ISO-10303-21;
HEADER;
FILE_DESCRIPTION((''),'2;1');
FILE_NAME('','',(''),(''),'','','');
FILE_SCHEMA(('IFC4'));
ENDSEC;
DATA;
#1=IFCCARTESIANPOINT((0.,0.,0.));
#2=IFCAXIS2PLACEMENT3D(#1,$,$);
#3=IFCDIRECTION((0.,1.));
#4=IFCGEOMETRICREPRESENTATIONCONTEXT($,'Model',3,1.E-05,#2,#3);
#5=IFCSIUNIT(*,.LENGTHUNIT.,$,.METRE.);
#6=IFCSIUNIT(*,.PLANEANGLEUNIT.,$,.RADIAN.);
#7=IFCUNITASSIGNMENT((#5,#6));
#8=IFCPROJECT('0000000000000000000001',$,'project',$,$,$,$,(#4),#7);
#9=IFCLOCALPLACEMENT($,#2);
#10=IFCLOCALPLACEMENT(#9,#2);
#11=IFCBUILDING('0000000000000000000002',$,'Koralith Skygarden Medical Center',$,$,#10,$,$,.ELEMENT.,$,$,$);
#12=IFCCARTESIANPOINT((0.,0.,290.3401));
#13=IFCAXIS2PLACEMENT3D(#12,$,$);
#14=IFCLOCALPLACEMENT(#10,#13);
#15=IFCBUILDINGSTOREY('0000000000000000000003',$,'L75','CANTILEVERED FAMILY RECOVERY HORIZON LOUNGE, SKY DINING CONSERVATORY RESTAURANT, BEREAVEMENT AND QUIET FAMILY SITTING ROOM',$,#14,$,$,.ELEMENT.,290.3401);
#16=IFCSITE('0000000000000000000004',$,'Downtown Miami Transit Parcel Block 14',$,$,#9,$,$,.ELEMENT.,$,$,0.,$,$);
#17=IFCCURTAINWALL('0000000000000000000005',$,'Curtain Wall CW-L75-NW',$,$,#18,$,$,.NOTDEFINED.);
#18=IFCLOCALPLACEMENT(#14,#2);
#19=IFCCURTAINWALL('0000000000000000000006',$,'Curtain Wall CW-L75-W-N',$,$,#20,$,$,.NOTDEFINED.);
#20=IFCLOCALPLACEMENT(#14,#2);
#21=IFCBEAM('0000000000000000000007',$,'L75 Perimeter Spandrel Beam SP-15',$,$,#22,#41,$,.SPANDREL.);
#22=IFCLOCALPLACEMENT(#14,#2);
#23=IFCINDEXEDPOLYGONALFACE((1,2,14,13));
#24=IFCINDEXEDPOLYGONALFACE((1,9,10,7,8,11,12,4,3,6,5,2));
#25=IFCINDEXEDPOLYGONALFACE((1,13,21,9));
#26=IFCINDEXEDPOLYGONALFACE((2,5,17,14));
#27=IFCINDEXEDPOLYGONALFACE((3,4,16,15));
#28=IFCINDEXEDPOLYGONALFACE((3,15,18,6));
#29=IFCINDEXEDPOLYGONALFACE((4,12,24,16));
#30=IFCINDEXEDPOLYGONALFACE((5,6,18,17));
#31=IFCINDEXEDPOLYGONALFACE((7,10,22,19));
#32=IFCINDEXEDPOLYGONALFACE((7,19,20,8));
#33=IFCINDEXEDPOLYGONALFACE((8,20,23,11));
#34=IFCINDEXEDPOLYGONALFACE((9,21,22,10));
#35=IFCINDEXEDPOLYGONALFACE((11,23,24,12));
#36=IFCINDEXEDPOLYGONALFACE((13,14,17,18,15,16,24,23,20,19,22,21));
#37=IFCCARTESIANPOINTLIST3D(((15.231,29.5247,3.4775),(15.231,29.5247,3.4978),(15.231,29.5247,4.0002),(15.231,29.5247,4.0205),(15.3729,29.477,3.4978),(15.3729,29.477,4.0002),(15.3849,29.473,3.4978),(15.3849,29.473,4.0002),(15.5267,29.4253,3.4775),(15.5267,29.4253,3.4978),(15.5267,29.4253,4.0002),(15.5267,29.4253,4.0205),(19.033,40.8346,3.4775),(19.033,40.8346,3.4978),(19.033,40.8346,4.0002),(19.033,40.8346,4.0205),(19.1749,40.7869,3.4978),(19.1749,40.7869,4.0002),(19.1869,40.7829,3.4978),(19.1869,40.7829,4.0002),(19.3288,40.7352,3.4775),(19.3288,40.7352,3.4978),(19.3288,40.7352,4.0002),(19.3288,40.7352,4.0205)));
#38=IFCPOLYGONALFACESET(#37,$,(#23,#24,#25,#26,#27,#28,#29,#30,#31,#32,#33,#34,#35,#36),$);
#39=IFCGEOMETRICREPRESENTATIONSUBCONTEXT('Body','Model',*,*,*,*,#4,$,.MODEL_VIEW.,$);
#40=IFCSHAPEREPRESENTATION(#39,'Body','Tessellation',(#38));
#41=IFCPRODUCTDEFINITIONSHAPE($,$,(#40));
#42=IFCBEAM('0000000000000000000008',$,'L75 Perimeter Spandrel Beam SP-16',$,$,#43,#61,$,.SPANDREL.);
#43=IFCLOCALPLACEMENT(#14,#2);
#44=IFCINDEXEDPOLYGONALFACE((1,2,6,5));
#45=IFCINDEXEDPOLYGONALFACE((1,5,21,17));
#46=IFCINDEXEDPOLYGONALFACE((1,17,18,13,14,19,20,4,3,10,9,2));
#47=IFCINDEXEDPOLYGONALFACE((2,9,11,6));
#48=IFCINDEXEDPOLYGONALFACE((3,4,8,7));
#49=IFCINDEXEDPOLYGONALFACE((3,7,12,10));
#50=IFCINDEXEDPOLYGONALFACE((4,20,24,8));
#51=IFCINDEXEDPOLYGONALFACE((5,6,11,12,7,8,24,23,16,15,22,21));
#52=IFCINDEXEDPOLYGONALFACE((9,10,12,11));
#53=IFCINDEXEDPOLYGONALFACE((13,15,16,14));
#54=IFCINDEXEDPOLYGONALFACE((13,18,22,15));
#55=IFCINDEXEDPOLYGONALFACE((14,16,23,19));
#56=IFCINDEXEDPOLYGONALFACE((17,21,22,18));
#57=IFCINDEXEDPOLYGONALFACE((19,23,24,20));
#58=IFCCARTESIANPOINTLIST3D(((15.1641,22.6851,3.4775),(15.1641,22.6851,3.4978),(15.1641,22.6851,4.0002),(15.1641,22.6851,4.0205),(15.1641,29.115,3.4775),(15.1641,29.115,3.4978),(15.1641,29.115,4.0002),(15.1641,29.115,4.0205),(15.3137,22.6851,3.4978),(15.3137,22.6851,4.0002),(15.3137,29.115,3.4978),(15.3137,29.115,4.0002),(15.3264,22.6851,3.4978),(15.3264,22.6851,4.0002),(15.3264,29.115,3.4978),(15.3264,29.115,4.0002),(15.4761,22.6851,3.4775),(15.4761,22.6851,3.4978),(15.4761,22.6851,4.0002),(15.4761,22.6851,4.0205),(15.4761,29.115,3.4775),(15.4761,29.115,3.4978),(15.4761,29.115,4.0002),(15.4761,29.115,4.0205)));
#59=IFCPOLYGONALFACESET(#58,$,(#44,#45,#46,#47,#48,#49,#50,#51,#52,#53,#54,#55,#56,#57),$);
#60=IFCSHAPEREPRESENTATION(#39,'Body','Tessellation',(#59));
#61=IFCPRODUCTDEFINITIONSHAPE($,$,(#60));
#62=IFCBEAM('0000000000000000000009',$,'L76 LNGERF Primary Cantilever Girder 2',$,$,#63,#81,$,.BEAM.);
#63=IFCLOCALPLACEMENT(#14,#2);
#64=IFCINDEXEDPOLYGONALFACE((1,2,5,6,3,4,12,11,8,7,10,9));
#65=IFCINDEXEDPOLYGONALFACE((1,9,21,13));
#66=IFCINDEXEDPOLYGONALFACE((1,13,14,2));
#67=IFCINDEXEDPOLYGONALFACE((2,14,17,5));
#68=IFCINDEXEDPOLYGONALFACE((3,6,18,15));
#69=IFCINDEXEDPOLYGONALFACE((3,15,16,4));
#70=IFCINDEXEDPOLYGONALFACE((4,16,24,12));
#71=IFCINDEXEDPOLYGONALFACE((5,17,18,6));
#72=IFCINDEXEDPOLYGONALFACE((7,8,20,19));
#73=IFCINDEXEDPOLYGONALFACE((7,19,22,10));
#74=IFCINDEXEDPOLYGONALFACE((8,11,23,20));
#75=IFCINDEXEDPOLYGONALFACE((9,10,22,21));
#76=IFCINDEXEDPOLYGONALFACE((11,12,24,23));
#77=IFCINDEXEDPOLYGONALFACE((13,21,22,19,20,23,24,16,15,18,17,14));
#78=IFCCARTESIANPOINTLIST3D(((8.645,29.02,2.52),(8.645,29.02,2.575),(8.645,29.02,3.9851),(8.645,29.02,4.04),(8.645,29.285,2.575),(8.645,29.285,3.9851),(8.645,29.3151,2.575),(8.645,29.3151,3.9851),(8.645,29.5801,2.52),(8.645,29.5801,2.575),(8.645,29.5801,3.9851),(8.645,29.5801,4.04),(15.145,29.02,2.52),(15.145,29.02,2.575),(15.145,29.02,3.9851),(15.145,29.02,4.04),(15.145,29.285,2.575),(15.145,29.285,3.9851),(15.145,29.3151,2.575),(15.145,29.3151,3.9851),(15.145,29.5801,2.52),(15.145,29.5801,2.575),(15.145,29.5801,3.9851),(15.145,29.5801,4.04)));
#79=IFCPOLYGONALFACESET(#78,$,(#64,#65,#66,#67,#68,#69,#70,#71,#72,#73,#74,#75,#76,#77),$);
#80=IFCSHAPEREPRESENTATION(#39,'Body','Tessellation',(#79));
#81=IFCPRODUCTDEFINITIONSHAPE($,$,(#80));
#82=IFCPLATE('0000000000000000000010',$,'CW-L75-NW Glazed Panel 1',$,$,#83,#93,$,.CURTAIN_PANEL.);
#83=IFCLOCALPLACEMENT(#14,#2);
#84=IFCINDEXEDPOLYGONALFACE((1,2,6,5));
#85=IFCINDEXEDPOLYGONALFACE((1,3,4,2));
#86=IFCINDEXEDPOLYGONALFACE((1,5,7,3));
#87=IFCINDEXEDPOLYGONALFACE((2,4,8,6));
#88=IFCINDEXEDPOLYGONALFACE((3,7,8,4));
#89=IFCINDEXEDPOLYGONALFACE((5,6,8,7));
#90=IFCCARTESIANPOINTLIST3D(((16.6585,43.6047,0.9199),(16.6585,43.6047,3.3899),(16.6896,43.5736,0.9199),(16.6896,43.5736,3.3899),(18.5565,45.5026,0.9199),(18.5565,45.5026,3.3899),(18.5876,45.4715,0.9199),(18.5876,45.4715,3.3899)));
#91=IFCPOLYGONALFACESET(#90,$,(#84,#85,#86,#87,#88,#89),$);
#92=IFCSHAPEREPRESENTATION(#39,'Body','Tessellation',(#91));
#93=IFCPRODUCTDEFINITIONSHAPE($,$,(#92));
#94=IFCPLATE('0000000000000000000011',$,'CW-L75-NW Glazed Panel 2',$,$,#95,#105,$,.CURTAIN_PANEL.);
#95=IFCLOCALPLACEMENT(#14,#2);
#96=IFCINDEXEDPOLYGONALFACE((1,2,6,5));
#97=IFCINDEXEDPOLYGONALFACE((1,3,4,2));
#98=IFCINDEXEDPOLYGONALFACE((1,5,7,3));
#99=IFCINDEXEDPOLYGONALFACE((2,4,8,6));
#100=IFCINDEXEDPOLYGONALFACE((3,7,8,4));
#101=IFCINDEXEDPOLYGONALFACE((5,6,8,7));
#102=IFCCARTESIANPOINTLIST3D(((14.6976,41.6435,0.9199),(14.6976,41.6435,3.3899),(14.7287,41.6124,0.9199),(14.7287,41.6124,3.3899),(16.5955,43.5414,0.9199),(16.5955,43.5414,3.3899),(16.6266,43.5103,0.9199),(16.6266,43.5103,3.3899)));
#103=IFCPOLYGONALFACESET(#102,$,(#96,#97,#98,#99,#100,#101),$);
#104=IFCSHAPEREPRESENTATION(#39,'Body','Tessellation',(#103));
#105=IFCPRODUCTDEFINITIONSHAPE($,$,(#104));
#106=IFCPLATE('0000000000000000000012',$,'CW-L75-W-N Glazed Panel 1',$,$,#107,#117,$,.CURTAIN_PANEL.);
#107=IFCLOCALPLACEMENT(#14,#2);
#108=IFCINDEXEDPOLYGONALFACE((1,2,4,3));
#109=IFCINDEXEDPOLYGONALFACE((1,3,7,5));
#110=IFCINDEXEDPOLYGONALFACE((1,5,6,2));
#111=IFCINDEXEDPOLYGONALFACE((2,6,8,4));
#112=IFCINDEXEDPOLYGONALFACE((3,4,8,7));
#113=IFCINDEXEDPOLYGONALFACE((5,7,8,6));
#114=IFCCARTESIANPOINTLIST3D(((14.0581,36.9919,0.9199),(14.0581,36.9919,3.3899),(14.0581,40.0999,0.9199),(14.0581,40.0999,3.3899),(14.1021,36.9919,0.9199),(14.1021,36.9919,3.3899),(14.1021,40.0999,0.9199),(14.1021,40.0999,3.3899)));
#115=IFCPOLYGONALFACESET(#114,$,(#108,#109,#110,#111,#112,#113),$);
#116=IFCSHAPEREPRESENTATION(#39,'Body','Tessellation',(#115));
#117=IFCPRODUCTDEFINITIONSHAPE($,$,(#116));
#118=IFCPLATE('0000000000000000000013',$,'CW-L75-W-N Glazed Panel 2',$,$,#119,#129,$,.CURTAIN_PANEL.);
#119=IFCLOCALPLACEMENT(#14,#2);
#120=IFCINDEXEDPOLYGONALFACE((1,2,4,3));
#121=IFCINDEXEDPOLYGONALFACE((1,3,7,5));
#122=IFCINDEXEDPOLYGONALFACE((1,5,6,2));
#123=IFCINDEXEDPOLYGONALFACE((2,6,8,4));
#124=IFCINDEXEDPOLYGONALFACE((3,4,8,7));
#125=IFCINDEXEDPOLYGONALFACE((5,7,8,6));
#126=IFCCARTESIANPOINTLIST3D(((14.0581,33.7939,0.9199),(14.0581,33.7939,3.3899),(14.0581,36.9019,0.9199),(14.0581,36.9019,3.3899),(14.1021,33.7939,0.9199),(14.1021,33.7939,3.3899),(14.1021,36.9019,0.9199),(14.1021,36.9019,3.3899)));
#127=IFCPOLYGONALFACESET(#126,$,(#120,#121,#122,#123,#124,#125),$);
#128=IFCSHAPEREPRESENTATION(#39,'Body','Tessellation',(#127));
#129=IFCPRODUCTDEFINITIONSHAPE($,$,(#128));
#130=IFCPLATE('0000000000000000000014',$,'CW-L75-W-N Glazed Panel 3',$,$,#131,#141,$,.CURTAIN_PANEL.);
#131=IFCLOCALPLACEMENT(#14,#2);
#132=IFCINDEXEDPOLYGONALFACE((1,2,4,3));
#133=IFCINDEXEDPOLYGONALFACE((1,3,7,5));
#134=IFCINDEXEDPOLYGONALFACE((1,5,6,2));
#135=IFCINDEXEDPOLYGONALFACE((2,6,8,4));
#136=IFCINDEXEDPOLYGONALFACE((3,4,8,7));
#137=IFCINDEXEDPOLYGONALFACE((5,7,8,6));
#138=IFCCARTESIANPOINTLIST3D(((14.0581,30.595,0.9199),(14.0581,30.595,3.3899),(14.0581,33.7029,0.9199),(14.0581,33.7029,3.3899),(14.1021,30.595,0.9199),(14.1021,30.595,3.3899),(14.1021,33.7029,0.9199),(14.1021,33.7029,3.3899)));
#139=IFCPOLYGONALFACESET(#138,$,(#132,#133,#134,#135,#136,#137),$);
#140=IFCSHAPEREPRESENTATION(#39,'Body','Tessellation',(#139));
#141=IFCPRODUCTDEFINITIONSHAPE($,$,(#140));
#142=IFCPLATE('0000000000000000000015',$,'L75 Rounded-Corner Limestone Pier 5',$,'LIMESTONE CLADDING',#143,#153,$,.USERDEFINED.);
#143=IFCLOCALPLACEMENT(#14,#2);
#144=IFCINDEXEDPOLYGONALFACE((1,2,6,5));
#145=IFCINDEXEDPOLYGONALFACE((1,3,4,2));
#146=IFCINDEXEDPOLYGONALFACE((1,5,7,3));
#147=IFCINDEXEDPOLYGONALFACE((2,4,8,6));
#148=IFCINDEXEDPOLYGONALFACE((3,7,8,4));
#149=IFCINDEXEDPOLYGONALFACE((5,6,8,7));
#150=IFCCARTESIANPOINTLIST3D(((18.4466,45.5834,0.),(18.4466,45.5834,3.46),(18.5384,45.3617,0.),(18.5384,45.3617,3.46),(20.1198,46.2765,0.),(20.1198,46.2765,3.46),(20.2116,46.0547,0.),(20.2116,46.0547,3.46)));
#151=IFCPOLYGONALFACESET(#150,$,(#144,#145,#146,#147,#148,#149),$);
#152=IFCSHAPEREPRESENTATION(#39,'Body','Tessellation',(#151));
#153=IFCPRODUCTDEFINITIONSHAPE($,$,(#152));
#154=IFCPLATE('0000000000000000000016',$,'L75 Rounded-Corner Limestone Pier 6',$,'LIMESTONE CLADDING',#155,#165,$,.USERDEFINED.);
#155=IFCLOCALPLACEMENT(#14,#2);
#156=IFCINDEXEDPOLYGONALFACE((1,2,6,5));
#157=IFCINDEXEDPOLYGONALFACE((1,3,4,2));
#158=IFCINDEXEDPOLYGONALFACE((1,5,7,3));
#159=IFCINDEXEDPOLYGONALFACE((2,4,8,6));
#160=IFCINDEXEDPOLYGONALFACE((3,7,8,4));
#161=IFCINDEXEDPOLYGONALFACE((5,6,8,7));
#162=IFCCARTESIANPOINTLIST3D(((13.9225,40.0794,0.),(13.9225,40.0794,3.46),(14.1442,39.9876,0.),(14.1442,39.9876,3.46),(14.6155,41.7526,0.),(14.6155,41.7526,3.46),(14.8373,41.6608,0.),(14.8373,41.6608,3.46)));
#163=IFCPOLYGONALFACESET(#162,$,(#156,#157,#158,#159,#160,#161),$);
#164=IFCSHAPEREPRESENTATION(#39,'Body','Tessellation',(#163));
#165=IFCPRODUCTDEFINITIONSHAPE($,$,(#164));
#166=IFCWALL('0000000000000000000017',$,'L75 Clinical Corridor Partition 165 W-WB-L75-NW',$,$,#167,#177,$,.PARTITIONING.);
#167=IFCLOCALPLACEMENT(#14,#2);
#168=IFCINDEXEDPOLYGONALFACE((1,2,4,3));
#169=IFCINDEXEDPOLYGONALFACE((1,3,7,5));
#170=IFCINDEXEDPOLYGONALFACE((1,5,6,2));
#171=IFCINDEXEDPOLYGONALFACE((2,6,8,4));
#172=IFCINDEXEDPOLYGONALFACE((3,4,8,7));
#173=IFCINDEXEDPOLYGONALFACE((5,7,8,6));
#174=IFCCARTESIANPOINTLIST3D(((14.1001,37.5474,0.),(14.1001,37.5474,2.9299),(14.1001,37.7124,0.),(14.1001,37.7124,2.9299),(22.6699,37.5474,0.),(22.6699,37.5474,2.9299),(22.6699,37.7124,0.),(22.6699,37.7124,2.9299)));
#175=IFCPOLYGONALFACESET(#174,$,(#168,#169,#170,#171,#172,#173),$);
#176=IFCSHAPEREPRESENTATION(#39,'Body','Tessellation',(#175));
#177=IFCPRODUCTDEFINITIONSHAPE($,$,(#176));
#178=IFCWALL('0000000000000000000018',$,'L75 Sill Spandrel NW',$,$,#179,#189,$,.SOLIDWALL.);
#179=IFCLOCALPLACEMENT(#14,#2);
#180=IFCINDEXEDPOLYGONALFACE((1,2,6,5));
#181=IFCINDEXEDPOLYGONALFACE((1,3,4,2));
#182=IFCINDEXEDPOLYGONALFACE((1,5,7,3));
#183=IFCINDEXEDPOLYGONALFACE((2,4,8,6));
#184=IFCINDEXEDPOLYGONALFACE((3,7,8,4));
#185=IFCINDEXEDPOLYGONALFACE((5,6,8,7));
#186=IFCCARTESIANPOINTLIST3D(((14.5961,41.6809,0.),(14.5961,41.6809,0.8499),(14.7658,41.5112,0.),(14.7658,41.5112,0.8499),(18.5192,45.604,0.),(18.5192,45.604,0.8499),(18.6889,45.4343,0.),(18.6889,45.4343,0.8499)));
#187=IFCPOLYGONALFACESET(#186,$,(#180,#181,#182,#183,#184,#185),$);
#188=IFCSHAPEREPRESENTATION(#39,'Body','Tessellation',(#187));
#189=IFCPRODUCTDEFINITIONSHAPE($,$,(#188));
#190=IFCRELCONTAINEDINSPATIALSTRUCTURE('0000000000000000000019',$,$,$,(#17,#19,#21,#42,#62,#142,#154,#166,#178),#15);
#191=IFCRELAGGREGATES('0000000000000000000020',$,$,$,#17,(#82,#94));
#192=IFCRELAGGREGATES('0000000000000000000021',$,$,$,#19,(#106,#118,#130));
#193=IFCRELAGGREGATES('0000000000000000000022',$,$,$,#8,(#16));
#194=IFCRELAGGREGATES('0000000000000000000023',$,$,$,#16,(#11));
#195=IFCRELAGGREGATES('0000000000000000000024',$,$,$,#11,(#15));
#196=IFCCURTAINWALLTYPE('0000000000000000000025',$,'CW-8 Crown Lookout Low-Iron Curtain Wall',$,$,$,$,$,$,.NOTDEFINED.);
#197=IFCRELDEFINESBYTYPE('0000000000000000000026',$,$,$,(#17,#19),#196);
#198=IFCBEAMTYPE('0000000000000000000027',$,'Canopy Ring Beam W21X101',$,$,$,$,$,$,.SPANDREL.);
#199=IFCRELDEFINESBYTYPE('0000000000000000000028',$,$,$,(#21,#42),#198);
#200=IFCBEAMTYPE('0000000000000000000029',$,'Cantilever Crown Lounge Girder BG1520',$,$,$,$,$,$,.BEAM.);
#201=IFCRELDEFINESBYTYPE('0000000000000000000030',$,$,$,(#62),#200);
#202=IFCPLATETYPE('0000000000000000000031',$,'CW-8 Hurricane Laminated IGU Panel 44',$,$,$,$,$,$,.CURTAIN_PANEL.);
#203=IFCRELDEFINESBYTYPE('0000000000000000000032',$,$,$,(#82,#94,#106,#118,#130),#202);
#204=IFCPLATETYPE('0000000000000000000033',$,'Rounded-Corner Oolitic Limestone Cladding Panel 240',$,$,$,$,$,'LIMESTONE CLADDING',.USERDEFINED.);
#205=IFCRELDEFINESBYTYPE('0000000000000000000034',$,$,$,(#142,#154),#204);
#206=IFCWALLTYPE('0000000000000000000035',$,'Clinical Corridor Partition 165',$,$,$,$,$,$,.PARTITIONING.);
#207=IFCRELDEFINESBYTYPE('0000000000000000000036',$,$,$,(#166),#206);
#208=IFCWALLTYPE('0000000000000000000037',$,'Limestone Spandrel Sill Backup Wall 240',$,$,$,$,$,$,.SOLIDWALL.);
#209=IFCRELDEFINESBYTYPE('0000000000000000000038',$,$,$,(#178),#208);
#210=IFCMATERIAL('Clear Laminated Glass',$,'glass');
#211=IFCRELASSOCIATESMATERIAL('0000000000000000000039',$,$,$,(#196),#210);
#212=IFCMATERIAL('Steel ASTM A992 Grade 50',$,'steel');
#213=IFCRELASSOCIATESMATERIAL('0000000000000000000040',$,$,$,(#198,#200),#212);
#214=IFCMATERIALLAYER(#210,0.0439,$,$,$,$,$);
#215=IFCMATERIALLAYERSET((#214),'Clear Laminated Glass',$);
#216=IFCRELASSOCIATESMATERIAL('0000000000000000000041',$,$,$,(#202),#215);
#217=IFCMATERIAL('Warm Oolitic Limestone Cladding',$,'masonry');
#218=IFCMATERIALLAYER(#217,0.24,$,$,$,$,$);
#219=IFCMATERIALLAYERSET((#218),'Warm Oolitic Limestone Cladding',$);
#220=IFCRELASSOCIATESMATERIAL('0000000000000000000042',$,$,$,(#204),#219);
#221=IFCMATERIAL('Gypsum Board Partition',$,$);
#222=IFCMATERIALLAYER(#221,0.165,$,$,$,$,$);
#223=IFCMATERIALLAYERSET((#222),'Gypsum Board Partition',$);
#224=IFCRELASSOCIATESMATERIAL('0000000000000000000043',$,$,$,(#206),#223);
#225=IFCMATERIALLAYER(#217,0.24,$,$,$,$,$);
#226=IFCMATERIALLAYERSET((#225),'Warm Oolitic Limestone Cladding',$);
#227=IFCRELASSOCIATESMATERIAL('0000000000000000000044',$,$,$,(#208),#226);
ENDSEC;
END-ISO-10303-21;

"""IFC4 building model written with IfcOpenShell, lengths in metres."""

from ifc_helpers import new_model, si_unit, direction, frame, frame_2d, origin, origin_2d, place, context, subcontext, project, spatial, rectangle, i_section, extrude, material, layer, layer_set, material_profile, profile_set, type_object, element, aggregate, save


model = new_model("IFC4")

# Units and contexts
model_context = context("Model", 3, precision=1e-05, world=origin(), true_north=direction((0.0, 1.0)))
body_context = subcontext(model_context, "Body", "Model", "MODEL_VIEW")
ifc_project = project(units=[si_unit("LENGTHUNIT", "METRE"), si_unit("PLANEANGLEUNIT", "RADIAN")], contexts=[model_context])

# Site, building, storey
site_placement = place(None, origin())
site = spatial("IfcSite", under=ifc_project, at=site_placement, Name="Downtown Miami Transit Parcel Block 14", CompositionType="ELEMENT", RefElevation=0.0)
building_placement = place(site_placement, origin())
building = spatial("IfcBuilding", under=site, at=building_placement, Name="Koralith Skygarden Medical Center", CompositionType="ELEMENT")
storey_placement = place(building_placement, frame((0.0, 0.0, 290.3401)))
storey = spatial("IfcBuildingStorey", under=building, at=storey_placement, Name="L75", Description="CANTILEVERED FAMILY RECOVERY HORIZON LOUNGE, SKY DINING CONSERVATORY RESTAURANT, BEREAVEMENT AND QUIET FAMILY SITTING ROOM", CompositionType="ELEMENT", Elevation=290.3401)

# Shared definitions
ifc_material_1 = material(Name="Steel ASTM A992 Grade 50", Category="steel")

# Curtain walls
ifc_material_2 = material(Name="Clear Laminated Glass", Category="glass")
curtain_wall_type = type_object("IfcCurtainWallType", Name="CW-8 Crown Lookout Low-Iron Curtain Wall", PredefinedType="NOTDEFINED", material=ifc_material_2)
curtain_wall_1_placement = place(storey_placement, origin())
curtain_wall_1 = element("IfcCurtainWall", 1, at=curtain_wall_1_placement, inside=storey, type_object=curtain_wall_type, Name="Curtain Wall CW-L75-NW", PredefinedType="NOTDEFINED")
curtain_wall_2_placement = place(storey_placement, origin())
curtain_wall_2 = element("IfcCurtainWall", 2, at=curtain_wall_2_placement, inside=storey, type_object=curtain_wall_type, Name="Curtain Wall CW-L75-W-N", PredefinedType="NOTDEFINED")

# Beams
ifc_material_profile_1 = material_profile(ifc_material_1, i_section(OverallWidth=0.312, OverallDepth=0.543, WebThickness=0.0127, FlangeThickness=0.0203, at=origin_2d()), Name="W21X101")
ifc_profile_set_1 = profile_set([ifc_material_profile_1], Name="Steel ASTM A992 Grade 50")
beam_type_1 = type_object("IfcBeamType", Name="Canopy Ring Beam W21X101", PredefinedType="SPANDREL", material=ifc_profile_set_1)
beam_1_placement = place(storey_placement, frame((19.1809, 40.7849, 3.749), z_axis=(-0.318645, -0.947874, 0.0), x_axis=(0.947874, -0.318645, 0.0)))
element("IfcBeam", 3, at=beam_1_placement, inside=storey, type_object=beam_type_1, Name="L75 Perimeter Spandrel Beam SP-15", PredefinedType="SPANDREL", context=body_context, shape_type="SweptSolid", body=[
    extrude(i_section(OverallWidth=0.312, OverallDepth=0.543, WebThickness=0.0127, FlangeThickness=0.0203, at=origin_2d()), origin(), (0.0, 0.0, 1.0), 11.9319),
])
beam_2_placement = place(storey_placement, frame((15.3201, 29.115, 3.749), z_axis=(0.0, -1.0, 0.0), x_axis=(1.0, 0.0, 0.0)))
element("IfcBeam", 4, at=beam_2_placement, inside=storey, type_object=beam_type_1, Name="L75 Perimeter Spandrel Beam SP-16", PredefinedType="SPANDREL", context=body_context, shape_type="SweptSolid", body=[
    extrude(i_section(OverallWidth=0.312, OverallDepth=0.543, WebThickness=0.0127, FlangeThickness=0.0203, at=origin_2d()), origin(), (0.0, 0.0, 1.0), 6.4299),
])
ifc_material_profile_2 = material_profile(ifc_material_1, i_section(OverallWidth=0.5601, OverallDepth=1.52, WebThickness=0.03, FlangeThickness=0.0549, at=origin_2d()), Name="BG1520X560X55X30")
ifc_profile_set_2 = profile_set([ifc_material_profile_2], Name="Steel ASTM A992 Grade 50")
beam_type_2 = type_object("IfcBeamType", Name="Cantilever Crown Lounge Girder BG1520", PredefinedType="BEAM", material=ifc_profile_set_2)
beam_3_placement = place(storey_placement, frame((15.145, 29.3, 3.28), z_axis=(-1.0, 0.0, 0.0), x_axis=(0.0, -1.0, 0.0)))
element("IfcBeam", 5, at=beam_3_placement, inside=storey, type_object=beam_type_2, Name="L76 LNGERF Primary Cantilever Girder 2", PredefinedType="BEAM", context=body_context, shape_type="SweptSolid", body=[
    extrude(i_section(OverallWidth=0.5601, OverallDepth=1.52, WebThickness=0.03, FlangeThickness=0.0549, at=origin_2d()), origin(), (0.0, 0.0, 1.0), 6.5),
])

# Plates
ifc_layer_1 = layer(ifc_material_2, 0.0439)
ifc_layer_set_1 = layer_set([ifc_layer_1], Name="Clear Laminated Glass")
plate_type_1 = type_object("IfcPlateType", Name="CW-8 Hurricane Laminated IGU Panel 44", PredefinedType="CURTAIN_PANEL", material=ifc_layer_set_1)
plate_1_placement = place(storey_placement, frame((17.623, 44.5381, 0.9199), z_axis=(0.0, 0.0, 1.0), x_axis=(-0.707107, -0.707107, 0.0)))
plate_1 = element("IfcPlate", 6, at=plate_1_placement, type_object=plate_type_1, Name="CW-L75-NW Glazed Panel 1", PredefinedType="CURTAIN_PANEL", context=body_context, shape_type="SweptSolid", body=[
    extrude(rectangle(XDim=2.6841, YDim=0.0439, at=origin_2d()), origin(), (0.0, 0.0, 1.0), 2.47),
])
plate_2_placement = place(storey_placement, frame((15.6621, 42.5769, 0.9199), z_axis=(0.0, 0.0, 1.0), x_axis=(-0.707107, -0.707107, 0.0)))
plate_2 = element("IfcPlate", 7, at=plate_2_placement, type_object=plate_type_1, Name="CW-L75-NW Glazed Panel 2", PredefinedType="CURTAIN_PANEL", context=body_context, shape_type="SweptSolid", body=[
    extrude(rectangle(XDim=2.6841, YDim=0.0439, at=origin_2d()), origin(), (0.0, 0.0, 1.0), 2.47),
])
aggregate(curtain_wall_1, [plate_1, plate_2])
plate_3_placement = place(storey_placement, frame((14.0801, 38.5459, 0.9199), z_axis=(0.0, 0.0, 1.0), x_axis=(0.0, -1.0, 0.0)))
plate_3 = element("IfcPlate", 8, at=plate_3_placement, type_object=plate_type_1, Name="CW-L75-W-N Glazed Panel 1", PredefinedType="CURTAIN_PANEL", context=body_context, shape_type="SweptSolid", body=[
    extrude(rectangle(XDim=3.1079, YDim=0.0439, at=origin_2d()), origin(), (0.0, 0.0, 1.0), 2.47),
])
plate_4_placement = place(storey_placement, frame((14.0801, 35.3479, 0.9199), z_axis=(0.0, 0.0, 1.0), x_axis=(0.0, -1.0, 0.0)))
plate_4 = element("IfcPlate", 9, at=plate_4_placement, type_object=plate_type_1, Name="CW-L75-W-N Glazed Panel 2", PredefinedType="CURTAIN_PANEL", context=body_context, shape_type="SweptSolid", body=[
    extrude(rectangle(XDim=3.1079, YDim=0.0439, at=origin_2d()), origin(), (0.0, 0.0, 1.0), 2.47),
])
plate_5_placement = place(storey_placement, frame((14.0801, 32.1489, 0.9199), z_axis=(0.0, 0.0, 1.0), x_axis=(0.0, -1.0, 0.0)))
plate_5 = element("IfcPlate", 10, at=plate_5_placement, type_object=plate_type_1, Name="CW-L75-W-N Glazed Panel 3", PredefinedType="CURTAIN_PANEL", context=body_context, shape_type="SweptSolid", body=[
    extrude(rectangle(XDim=3.1079, YDim=0.0439, at=origin_2d()), origin(), (0.0, 0.0, 1.0), 2.47),
])
aggregate(curtain_wall_2, [plate_3, plate_4, plate_5])

# Plates
ifc_material_3 = material(Name="Warm Oolitic Limestone Cladding", Category="masonry")
ifc_layer_2 = layer(ifc_material_3, 0.24)
ifc_layer_set_2 = layer_set([ifc_layer_2], Name="Warm Oolitic Limestone Cladding")
plate_type_2 = type_object("IfcPlateType", Name="Rounded-Corner Oolitic Limestone Cladding Panel 240", ElementType="LIMESTONE CLADDING", PredefinedType="USERDEFINED", material=ifc_layer_set_2)
for number, where, z_axis, x_axis, name in (
    (11, (19.3291, 45.8191, 0.0), (0.0, 0.0, 1.0), (-0.923885, -0.382671, 0.0), "L75 Rounded-Corner Limestone Pier 5"),
    (12, (14.3799, 40.8701, 0.0), (0.0, 0.0, 1.0), (-0.382671, -0.923885, 0.0), "L75 Rounded-Corner Limestone Pier 6"),
):
    element("IfcPlate", number, at=place(storey_placement, frame(where, z_axis=z_axis, x_axis=x_axis)), inside=storey, type_object=plate_type_2, Name=name, ObjectType="LIMESTONE CLADDING", PredefinedType="USERDEFINED", context=body_context, shape_type="SweptSolid", body=[
        extrude(rectangle(XDim=1.811, YDim=0.24, at=origin_2d()), origin(), (0.0, 0.0, 1.0), 3.46),
    ])

# Walls
ifc_material_4 = material(Name="Gypsum Board Partition")
ifc_layer_3 = layer(ifc_material_4, 0.165)
ifc_layer_set_3 = layer_set([ifc_layer_3], Name="Gypsum Board Partition")
wall_type_1 = type_object("IfcWallType", Name="Clinical Corridor Partition 165", PredefinedType="PARTITIONING", material=ifc_layer_set_3)
wall_1_placement = place(storey_placement, frame((14.1001, 37.6299, 0.0), z_axis=(0.0, 0.0, 1.0), x_axis=(1.0, 0.0, 0.0)))
element("IfcWall", 13, at=wall_1_placement, inside=storey, type_object=wall_type_1, Name="L75 Clinical Corridor Partition 165 W-WB-L75-NW", PredefinedType="PARTITIONING", context=body_context, shape_type="SweptSolid", body=[
    extrude(rectangle(XDim=8.5698, YDim=0.165, at=frame_2d((4.2849, 0.0))), origin(), (0.0, 0.0, 1.0), 2.9299),
])
ifc_layer_4 = layer(ifc_material_3, 0.24)
ifc_layer_set_4 = layer_set([ifc_layer_4], Name="Warm Oolitic Limestone Cladding")
wall_type_2 = type_object("IfcWallType", Name="Limestone Spandrel Sill Backup Wall 240", PredefinedType="SOLIDWALL", material=ifc_layer_set_4)
wall_2_placement = place(storey_placement, frame((18.604, 45.519, 0.0), z_axis=(0.0, 0.0, 1.0), x_axis=(-0.707107, -0.707107, 0.0)))
element("IfcWall", 14, at=wall_2_placement, inside=storey, type_object=wall_type_2, Name="L75 Sill Spandrel NW", PredefinedType="SOLIDWALL", context=body_context, shape_type="SweptSolid", body=[
    extrude(rectangle(XDim=5.5481, YDim=0.24, at=frame_2d((2.7739, 0.0))), origin(), (0.0, 0.0, 1.0), 0.8499),
])

save(model, "model.ifc")
